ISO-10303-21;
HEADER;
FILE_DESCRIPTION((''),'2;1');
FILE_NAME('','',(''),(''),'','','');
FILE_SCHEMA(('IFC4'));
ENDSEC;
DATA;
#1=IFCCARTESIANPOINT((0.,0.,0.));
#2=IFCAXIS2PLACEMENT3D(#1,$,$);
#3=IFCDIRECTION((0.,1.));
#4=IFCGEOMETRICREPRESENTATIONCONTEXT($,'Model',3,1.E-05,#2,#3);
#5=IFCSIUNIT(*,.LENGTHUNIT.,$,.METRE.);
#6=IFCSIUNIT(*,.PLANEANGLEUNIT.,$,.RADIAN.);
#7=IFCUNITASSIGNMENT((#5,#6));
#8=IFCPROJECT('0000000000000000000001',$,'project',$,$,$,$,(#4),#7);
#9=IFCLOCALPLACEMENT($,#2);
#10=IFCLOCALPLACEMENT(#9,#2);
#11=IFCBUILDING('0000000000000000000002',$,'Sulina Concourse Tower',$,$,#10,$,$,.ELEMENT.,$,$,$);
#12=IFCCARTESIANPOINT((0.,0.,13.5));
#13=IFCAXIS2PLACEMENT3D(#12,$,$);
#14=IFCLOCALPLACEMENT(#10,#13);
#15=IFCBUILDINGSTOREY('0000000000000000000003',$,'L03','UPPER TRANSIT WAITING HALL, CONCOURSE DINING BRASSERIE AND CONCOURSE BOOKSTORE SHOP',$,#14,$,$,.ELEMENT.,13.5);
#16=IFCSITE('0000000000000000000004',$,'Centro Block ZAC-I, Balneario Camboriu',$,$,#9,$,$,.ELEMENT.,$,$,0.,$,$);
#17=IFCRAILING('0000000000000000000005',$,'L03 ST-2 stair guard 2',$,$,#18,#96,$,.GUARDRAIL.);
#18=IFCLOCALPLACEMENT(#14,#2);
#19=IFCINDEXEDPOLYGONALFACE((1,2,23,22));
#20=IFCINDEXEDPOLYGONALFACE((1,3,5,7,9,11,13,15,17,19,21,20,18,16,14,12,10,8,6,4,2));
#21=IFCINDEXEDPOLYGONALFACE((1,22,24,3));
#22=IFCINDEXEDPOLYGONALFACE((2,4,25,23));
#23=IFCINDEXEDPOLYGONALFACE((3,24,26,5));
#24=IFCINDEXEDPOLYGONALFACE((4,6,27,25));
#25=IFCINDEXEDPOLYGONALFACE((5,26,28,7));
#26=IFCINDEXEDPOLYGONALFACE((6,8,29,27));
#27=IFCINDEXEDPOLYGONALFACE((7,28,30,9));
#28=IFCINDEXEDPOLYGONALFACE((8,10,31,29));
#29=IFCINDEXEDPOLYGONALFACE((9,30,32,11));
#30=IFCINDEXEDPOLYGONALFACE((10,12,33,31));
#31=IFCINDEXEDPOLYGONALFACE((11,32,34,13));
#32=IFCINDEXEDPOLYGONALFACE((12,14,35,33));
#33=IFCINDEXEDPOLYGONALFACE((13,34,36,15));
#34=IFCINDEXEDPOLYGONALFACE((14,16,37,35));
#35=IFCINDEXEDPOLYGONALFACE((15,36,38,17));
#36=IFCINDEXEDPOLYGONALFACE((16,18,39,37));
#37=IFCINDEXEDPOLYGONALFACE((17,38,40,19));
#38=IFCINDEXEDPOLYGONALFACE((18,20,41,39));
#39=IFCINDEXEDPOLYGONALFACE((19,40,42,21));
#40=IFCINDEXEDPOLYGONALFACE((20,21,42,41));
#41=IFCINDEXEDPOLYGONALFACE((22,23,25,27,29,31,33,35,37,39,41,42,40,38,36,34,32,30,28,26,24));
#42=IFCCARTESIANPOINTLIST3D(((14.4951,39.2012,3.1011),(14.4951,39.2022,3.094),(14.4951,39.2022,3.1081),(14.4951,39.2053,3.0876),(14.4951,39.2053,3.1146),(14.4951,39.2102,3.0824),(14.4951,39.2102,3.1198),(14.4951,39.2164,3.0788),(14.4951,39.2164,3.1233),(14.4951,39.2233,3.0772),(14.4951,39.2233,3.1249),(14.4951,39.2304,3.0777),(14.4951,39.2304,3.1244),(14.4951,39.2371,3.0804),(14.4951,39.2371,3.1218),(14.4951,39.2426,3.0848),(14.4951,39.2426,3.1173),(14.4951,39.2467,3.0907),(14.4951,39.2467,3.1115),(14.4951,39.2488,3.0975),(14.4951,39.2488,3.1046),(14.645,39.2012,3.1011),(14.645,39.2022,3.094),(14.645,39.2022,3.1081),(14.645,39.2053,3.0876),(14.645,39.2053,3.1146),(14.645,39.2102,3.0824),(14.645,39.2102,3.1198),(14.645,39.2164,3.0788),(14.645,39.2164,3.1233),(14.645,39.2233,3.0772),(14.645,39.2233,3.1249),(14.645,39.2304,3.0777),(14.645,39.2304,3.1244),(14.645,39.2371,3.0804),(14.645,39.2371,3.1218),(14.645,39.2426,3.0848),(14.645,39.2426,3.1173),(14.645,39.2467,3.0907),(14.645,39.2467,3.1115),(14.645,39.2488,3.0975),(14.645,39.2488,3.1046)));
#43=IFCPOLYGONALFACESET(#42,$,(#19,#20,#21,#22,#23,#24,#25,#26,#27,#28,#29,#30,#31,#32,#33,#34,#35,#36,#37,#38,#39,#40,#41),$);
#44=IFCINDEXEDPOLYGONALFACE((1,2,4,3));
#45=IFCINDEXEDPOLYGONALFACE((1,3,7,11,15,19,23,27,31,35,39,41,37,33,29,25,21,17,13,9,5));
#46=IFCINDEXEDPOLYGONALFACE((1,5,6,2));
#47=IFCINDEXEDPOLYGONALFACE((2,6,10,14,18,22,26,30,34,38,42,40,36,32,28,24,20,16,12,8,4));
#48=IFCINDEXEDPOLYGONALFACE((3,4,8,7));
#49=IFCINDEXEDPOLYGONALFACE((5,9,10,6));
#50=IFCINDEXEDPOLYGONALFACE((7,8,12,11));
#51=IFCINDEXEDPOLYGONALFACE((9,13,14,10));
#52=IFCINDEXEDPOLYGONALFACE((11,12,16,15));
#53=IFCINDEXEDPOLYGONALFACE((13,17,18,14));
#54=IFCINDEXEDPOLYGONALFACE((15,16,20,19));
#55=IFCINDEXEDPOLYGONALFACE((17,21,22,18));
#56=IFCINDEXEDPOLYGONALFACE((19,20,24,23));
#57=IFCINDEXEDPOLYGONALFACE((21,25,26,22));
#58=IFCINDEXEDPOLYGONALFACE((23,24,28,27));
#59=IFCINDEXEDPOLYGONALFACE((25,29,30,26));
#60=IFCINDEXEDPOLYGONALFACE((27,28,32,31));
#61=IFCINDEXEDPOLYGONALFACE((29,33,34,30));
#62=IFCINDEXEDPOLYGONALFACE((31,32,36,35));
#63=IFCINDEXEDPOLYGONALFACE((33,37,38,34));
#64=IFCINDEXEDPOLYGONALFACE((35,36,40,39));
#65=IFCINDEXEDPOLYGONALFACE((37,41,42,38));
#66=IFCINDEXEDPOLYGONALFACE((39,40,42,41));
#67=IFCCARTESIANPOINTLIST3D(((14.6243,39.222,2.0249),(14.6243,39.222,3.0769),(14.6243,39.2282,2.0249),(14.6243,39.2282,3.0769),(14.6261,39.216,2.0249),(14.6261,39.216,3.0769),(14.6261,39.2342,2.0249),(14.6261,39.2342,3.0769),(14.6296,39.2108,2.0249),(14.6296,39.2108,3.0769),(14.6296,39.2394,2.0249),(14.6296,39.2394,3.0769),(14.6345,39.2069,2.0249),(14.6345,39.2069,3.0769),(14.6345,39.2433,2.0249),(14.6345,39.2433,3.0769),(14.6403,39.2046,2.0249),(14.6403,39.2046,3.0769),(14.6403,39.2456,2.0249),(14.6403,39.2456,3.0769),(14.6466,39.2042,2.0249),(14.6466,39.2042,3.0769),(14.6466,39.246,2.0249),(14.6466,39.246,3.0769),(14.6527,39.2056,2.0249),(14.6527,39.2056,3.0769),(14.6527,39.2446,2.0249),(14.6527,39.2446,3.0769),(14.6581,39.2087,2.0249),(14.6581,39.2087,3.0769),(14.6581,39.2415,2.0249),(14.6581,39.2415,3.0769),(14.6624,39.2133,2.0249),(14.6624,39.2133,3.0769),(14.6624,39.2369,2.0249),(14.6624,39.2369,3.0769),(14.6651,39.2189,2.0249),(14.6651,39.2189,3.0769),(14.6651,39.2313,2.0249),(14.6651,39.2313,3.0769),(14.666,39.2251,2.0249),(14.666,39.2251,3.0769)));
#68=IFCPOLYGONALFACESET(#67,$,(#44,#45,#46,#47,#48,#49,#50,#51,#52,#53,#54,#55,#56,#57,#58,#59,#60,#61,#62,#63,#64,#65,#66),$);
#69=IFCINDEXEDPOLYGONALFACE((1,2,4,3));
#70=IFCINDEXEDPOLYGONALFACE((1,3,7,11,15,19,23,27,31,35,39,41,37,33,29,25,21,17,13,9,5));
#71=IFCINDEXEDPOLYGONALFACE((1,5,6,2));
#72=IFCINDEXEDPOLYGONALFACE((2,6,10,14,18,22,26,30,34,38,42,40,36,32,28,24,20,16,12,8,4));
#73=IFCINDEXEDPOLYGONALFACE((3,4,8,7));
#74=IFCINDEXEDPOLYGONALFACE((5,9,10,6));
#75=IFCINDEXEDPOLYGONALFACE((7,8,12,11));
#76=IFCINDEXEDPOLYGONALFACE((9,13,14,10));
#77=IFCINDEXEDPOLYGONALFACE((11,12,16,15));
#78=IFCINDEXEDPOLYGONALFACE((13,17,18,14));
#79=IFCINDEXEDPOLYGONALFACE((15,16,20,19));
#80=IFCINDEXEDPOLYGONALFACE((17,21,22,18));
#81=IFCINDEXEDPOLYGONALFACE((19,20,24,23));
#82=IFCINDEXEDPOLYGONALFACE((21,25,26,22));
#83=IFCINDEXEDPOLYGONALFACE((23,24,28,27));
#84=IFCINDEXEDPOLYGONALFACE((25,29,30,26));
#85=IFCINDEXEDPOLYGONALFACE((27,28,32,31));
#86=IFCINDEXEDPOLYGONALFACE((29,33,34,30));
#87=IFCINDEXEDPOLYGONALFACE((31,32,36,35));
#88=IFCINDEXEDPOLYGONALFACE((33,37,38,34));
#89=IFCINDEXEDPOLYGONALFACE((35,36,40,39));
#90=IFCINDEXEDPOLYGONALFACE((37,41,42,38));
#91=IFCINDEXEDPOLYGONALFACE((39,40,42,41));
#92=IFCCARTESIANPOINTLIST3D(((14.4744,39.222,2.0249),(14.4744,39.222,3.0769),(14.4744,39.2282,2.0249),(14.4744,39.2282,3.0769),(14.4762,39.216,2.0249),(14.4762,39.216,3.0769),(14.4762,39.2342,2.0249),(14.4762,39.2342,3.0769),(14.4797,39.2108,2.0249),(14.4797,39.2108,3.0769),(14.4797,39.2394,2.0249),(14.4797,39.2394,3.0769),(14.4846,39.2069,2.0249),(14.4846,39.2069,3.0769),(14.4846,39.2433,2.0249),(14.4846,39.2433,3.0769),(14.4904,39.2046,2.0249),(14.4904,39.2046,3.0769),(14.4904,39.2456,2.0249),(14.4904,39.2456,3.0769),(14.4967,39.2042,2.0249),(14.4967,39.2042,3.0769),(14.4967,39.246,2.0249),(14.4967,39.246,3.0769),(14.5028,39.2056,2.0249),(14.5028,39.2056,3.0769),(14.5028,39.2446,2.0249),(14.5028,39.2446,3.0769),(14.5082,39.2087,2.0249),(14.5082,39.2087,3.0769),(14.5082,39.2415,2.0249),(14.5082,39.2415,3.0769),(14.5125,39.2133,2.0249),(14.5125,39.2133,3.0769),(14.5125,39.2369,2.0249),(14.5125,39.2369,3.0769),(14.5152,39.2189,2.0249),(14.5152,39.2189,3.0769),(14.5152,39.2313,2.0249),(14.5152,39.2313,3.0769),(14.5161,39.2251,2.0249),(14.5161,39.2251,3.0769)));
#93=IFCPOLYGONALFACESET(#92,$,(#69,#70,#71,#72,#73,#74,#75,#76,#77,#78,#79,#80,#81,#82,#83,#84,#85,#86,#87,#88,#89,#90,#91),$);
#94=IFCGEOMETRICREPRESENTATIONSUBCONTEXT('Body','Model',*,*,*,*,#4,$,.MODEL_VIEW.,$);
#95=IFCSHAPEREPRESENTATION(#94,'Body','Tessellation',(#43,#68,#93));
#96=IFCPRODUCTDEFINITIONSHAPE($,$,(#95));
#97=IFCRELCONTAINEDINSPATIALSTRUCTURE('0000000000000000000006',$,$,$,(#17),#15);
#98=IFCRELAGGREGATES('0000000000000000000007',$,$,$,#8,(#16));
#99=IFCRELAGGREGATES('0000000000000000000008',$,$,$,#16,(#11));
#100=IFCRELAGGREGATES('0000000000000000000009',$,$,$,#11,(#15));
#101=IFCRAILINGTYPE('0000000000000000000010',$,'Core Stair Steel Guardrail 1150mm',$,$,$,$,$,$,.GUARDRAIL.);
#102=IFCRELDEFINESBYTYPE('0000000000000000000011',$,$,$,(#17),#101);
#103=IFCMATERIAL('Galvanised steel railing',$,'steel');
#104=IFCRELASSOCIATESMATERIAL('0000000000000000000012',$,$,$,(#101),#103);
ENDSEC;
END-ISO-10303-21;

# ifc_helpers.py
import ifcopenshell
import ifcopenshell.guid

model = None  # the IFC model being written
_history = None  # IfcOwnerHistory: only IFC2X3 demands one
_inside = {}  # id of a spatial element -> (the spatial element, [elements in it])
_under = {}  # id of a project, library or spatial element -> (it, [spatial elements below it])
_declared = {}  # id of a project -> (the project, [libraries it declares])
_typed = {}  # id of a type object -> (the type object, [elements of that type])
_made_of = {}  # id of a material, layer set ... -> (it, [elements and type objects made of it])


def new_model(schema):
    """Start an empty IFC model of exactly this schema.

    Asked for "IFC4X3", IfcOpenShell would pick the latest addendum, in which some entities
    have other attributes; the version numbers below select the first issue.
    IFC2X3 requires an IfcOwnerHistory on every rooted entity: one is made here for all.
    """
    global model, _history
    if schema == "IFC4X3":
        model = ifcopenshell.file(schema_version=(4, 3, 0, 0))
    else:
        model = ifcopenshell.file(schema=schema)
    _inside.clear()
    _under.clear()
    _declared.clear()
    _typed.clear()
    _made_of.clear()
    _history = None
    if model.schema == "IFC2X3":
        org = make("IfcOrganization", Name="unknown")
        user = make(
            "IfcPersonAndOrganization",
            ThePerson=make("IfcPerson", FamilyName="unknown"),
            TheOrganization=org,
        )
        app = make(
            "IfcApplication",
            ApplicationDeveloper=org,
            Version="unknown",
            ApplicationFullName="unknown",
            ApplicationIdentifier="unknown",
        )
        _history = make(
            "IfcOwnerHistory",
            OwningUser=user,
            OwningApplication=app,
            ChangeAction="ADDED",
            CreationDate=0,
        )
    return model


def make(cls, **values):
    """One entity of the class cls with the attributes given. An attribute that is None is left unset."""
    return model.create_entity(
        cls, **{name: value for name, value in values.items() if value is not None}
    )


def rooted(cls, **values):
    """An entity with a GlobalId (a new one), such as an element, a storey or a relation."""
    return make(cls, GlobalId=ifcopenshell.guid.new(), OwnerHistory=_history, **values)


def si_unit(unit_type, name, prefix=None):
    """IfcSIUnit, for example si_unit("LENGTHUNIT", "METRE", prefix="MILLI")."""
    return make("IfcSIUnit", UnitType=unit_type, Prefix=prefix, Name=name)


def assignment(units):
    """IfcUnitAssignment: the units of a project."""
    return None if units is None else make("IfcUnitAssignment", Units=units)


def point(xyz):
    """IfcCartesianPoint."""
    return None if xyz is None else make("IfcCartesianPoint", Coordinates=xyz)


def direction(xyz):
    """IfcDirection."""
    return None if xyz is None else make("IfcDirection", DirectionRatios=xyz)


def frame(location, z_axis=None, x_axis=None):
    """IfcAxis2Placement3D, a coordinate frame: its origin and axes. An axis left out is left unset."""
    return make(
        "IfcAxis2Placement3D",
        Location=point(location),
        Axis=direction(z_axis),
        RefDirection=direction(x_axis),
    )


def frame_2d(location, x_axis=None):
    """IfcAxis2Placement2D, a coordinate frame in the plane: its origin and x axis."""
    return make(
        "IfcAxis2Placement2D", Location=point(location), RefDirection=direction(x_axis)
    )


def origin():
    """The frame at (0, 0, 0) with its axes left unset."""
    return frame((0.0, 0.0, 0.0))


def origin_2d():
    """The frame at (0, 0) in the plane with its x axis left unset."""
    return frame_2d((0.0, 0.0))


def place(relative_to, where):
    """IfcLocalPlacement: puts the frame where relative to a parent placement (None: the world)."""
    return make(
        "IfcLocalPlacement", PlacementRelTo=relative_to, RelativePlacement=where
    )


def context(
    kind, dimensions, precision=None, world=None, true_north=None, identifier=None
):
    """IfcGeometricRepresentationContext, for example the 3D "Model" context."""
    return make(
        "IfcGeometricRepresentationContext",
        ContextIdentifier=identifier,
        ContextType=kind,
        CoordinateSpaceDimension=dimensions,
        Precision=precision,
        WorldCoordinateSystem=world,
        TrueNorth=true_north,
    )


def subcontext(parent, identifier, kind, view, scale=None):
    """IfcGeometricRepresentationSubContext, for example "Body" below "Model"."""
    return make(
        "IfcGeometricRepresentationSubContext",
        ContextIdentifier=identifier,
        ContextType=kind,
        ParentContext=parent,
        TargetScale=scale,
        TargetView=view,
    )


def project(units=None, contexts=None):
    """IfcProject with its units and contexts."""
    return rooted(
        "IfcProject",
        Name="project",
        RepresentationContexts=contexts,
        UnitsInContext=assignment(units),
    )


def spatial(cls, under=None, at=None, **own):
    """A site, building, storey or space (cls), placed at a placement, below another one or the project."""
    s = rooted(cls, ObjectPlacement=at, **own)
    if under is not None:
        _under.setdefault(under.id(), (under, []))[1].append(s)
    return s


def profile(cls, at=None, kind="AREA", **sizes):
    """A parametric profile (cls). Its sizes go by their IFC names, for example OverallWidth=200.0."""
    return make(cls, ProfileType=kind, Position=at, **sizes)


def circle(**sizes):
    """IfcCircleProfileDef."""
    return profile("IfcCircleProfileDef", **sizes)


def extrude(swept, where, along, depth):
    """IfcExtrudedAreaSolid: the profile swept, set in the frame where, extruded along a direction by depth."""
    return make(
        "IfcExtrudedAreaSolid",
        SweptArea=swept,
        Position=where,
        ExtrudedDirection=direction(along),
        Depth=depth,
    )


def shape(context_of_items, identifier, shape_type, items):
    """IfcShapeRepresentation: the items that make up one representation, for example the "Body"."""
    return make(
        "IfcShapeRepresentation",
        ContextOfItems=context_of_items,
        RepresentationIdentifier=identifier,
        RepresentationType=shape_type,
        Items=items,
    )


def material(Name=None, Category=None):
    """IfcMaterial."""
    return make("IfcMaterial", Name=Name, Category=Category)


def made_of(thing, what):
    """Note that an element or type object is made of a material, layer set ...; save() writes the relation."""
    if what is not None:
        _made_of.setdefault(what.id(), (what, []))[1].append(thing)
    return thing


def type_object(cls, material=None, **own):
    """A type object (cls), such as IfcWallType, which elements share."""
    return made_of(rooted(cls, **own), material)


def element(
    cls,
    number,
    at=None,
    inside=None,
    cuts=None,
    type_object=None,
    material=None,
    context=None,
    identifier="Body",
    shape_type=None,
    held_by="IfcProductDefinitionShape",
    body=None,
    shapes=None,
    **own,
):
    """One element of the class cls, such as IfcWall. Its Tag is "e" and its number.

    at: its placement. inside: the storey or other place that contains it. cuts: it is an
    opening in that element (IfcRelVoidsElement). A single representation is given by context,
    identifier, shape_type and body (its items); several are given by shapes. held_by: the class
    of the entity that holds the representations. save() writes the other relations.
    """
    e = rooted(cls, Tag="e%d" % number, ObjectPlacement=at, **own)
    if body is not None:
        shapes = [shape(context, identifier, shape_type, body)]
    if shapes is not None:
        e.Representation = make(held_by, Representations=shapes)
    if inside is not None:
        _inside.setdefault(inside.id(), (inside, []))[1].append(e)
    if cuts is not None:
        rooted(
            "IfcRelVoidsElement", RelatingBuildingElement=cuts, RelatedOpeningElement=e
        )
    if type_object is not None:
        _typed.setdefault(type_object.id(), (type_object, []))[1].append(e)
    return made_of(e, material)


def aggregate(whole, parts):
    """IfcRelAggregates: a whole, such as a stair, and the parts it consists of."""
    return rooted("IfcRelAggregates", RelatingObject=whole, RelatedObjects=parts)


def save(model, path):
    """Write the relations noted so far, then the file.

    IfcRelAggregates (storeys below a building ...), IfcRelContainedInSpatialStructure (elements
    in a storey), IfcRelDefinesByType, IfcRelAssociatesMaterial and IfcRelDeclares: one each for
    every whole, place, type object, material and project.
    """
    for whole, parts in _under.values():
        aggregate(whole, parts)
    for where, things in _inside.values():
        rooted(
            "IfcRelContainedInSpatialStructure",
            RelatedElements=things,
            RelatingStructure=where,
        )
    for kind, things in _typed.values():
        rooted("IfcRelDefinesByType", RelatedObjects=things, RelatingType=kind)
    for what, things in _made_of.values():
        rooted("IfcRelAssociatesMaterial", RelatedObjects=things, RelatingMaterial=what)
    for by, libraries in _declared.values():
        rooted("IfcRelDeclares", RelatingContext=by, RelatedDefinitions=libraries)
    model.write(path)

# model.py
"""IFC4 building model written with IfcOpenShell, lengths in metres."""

from ifc_helpers import new_model, si_unit, direction, frame, origin, origin_2d, place, context, subcontext, project, spatial, circle, extrude, material, type_object, element, save


model = new_model("IFC4")

# Units and contexts
model_context = context("Model", 3, precision=1e-05, world=origin(), true_north=direction((0.0, 1.0)))
body_context = subcontext(model_context, "Body", "Model", "MODEL_VIEW")
ifc_project = project(units=[si_unit("LENGTHUNIT", "METRE"), si_unit("PLANEANGLEUNIT", "RADIAN")], contexts=[model_context])

# Site, building, storey
site_placement = place(None, origin())
site = spatial("IfcSite", under=ifc_project, at=site_placement, Name="Centro Block ZAC-I, Balneario Camboriu", CompositionType="ELEMENT", RefElevation=0.0)
building_placement = place(site_placement, origin())
building = spatial("IfcBuilding", under=site, at=building_placement, Name="Sulina Concourse Tower", CompositionType="ELEMENT")
storey_placement = place(building_placement, frame((0.0, 0.0, 13.5)))
storey = spatial("IfcBuildingStorey", under=building, at=storey_placement, Name="L03", Description="UPPER TRANSIT WAITING HALL, CONCOURSE DINING BRASSERIE AND CONCOURSE BOOKSTORE SHOP", CompositionType="ELEMENT", Elevation=13.5)

# Railing
ifc_material_1 = material(Name="Galvanised steel railing", Category="steel")
railing_type_1 = type_object("IfcRailingType", Name="Core Stair Steel Guardrail 1150mm", PredefinedType="GUARDRAIL", material=ifc_material_1)
railing_1_placement = place(storey_placement, frame((14.645, 39.2251, 2.0249)))
element("IfcRailing", 1, at=railing_1_placement, inside=storey, type_object=railing_type_1, Name="L03 ST-2 stair guard 2", PredefinedType="GUARDRAIL", context=body_context, shape_type="SweptSolid", body=[
    extrude(circle(Radius=0.0239, at=origin_2d()), frame((0.0, 0.0, 1.0762), z_axis=(-1.0, 0.0, 0.0), x_axis=(0.0, -1.0, 0.0)), (0.0, 0.0, 1.0), 0.1499),
    extrude(circle(Radius=0.021, at=origin_2d()), origin(), (0.0, 0.0, 1.0), 1.052),
    extrude(circle(Radius=0.021, at=origin_2d()), frame((-0.1499, 0.0, 0.0)), (0.0, 0.0, 1.0), 1.052),
])

save(model, "model.ifc")
